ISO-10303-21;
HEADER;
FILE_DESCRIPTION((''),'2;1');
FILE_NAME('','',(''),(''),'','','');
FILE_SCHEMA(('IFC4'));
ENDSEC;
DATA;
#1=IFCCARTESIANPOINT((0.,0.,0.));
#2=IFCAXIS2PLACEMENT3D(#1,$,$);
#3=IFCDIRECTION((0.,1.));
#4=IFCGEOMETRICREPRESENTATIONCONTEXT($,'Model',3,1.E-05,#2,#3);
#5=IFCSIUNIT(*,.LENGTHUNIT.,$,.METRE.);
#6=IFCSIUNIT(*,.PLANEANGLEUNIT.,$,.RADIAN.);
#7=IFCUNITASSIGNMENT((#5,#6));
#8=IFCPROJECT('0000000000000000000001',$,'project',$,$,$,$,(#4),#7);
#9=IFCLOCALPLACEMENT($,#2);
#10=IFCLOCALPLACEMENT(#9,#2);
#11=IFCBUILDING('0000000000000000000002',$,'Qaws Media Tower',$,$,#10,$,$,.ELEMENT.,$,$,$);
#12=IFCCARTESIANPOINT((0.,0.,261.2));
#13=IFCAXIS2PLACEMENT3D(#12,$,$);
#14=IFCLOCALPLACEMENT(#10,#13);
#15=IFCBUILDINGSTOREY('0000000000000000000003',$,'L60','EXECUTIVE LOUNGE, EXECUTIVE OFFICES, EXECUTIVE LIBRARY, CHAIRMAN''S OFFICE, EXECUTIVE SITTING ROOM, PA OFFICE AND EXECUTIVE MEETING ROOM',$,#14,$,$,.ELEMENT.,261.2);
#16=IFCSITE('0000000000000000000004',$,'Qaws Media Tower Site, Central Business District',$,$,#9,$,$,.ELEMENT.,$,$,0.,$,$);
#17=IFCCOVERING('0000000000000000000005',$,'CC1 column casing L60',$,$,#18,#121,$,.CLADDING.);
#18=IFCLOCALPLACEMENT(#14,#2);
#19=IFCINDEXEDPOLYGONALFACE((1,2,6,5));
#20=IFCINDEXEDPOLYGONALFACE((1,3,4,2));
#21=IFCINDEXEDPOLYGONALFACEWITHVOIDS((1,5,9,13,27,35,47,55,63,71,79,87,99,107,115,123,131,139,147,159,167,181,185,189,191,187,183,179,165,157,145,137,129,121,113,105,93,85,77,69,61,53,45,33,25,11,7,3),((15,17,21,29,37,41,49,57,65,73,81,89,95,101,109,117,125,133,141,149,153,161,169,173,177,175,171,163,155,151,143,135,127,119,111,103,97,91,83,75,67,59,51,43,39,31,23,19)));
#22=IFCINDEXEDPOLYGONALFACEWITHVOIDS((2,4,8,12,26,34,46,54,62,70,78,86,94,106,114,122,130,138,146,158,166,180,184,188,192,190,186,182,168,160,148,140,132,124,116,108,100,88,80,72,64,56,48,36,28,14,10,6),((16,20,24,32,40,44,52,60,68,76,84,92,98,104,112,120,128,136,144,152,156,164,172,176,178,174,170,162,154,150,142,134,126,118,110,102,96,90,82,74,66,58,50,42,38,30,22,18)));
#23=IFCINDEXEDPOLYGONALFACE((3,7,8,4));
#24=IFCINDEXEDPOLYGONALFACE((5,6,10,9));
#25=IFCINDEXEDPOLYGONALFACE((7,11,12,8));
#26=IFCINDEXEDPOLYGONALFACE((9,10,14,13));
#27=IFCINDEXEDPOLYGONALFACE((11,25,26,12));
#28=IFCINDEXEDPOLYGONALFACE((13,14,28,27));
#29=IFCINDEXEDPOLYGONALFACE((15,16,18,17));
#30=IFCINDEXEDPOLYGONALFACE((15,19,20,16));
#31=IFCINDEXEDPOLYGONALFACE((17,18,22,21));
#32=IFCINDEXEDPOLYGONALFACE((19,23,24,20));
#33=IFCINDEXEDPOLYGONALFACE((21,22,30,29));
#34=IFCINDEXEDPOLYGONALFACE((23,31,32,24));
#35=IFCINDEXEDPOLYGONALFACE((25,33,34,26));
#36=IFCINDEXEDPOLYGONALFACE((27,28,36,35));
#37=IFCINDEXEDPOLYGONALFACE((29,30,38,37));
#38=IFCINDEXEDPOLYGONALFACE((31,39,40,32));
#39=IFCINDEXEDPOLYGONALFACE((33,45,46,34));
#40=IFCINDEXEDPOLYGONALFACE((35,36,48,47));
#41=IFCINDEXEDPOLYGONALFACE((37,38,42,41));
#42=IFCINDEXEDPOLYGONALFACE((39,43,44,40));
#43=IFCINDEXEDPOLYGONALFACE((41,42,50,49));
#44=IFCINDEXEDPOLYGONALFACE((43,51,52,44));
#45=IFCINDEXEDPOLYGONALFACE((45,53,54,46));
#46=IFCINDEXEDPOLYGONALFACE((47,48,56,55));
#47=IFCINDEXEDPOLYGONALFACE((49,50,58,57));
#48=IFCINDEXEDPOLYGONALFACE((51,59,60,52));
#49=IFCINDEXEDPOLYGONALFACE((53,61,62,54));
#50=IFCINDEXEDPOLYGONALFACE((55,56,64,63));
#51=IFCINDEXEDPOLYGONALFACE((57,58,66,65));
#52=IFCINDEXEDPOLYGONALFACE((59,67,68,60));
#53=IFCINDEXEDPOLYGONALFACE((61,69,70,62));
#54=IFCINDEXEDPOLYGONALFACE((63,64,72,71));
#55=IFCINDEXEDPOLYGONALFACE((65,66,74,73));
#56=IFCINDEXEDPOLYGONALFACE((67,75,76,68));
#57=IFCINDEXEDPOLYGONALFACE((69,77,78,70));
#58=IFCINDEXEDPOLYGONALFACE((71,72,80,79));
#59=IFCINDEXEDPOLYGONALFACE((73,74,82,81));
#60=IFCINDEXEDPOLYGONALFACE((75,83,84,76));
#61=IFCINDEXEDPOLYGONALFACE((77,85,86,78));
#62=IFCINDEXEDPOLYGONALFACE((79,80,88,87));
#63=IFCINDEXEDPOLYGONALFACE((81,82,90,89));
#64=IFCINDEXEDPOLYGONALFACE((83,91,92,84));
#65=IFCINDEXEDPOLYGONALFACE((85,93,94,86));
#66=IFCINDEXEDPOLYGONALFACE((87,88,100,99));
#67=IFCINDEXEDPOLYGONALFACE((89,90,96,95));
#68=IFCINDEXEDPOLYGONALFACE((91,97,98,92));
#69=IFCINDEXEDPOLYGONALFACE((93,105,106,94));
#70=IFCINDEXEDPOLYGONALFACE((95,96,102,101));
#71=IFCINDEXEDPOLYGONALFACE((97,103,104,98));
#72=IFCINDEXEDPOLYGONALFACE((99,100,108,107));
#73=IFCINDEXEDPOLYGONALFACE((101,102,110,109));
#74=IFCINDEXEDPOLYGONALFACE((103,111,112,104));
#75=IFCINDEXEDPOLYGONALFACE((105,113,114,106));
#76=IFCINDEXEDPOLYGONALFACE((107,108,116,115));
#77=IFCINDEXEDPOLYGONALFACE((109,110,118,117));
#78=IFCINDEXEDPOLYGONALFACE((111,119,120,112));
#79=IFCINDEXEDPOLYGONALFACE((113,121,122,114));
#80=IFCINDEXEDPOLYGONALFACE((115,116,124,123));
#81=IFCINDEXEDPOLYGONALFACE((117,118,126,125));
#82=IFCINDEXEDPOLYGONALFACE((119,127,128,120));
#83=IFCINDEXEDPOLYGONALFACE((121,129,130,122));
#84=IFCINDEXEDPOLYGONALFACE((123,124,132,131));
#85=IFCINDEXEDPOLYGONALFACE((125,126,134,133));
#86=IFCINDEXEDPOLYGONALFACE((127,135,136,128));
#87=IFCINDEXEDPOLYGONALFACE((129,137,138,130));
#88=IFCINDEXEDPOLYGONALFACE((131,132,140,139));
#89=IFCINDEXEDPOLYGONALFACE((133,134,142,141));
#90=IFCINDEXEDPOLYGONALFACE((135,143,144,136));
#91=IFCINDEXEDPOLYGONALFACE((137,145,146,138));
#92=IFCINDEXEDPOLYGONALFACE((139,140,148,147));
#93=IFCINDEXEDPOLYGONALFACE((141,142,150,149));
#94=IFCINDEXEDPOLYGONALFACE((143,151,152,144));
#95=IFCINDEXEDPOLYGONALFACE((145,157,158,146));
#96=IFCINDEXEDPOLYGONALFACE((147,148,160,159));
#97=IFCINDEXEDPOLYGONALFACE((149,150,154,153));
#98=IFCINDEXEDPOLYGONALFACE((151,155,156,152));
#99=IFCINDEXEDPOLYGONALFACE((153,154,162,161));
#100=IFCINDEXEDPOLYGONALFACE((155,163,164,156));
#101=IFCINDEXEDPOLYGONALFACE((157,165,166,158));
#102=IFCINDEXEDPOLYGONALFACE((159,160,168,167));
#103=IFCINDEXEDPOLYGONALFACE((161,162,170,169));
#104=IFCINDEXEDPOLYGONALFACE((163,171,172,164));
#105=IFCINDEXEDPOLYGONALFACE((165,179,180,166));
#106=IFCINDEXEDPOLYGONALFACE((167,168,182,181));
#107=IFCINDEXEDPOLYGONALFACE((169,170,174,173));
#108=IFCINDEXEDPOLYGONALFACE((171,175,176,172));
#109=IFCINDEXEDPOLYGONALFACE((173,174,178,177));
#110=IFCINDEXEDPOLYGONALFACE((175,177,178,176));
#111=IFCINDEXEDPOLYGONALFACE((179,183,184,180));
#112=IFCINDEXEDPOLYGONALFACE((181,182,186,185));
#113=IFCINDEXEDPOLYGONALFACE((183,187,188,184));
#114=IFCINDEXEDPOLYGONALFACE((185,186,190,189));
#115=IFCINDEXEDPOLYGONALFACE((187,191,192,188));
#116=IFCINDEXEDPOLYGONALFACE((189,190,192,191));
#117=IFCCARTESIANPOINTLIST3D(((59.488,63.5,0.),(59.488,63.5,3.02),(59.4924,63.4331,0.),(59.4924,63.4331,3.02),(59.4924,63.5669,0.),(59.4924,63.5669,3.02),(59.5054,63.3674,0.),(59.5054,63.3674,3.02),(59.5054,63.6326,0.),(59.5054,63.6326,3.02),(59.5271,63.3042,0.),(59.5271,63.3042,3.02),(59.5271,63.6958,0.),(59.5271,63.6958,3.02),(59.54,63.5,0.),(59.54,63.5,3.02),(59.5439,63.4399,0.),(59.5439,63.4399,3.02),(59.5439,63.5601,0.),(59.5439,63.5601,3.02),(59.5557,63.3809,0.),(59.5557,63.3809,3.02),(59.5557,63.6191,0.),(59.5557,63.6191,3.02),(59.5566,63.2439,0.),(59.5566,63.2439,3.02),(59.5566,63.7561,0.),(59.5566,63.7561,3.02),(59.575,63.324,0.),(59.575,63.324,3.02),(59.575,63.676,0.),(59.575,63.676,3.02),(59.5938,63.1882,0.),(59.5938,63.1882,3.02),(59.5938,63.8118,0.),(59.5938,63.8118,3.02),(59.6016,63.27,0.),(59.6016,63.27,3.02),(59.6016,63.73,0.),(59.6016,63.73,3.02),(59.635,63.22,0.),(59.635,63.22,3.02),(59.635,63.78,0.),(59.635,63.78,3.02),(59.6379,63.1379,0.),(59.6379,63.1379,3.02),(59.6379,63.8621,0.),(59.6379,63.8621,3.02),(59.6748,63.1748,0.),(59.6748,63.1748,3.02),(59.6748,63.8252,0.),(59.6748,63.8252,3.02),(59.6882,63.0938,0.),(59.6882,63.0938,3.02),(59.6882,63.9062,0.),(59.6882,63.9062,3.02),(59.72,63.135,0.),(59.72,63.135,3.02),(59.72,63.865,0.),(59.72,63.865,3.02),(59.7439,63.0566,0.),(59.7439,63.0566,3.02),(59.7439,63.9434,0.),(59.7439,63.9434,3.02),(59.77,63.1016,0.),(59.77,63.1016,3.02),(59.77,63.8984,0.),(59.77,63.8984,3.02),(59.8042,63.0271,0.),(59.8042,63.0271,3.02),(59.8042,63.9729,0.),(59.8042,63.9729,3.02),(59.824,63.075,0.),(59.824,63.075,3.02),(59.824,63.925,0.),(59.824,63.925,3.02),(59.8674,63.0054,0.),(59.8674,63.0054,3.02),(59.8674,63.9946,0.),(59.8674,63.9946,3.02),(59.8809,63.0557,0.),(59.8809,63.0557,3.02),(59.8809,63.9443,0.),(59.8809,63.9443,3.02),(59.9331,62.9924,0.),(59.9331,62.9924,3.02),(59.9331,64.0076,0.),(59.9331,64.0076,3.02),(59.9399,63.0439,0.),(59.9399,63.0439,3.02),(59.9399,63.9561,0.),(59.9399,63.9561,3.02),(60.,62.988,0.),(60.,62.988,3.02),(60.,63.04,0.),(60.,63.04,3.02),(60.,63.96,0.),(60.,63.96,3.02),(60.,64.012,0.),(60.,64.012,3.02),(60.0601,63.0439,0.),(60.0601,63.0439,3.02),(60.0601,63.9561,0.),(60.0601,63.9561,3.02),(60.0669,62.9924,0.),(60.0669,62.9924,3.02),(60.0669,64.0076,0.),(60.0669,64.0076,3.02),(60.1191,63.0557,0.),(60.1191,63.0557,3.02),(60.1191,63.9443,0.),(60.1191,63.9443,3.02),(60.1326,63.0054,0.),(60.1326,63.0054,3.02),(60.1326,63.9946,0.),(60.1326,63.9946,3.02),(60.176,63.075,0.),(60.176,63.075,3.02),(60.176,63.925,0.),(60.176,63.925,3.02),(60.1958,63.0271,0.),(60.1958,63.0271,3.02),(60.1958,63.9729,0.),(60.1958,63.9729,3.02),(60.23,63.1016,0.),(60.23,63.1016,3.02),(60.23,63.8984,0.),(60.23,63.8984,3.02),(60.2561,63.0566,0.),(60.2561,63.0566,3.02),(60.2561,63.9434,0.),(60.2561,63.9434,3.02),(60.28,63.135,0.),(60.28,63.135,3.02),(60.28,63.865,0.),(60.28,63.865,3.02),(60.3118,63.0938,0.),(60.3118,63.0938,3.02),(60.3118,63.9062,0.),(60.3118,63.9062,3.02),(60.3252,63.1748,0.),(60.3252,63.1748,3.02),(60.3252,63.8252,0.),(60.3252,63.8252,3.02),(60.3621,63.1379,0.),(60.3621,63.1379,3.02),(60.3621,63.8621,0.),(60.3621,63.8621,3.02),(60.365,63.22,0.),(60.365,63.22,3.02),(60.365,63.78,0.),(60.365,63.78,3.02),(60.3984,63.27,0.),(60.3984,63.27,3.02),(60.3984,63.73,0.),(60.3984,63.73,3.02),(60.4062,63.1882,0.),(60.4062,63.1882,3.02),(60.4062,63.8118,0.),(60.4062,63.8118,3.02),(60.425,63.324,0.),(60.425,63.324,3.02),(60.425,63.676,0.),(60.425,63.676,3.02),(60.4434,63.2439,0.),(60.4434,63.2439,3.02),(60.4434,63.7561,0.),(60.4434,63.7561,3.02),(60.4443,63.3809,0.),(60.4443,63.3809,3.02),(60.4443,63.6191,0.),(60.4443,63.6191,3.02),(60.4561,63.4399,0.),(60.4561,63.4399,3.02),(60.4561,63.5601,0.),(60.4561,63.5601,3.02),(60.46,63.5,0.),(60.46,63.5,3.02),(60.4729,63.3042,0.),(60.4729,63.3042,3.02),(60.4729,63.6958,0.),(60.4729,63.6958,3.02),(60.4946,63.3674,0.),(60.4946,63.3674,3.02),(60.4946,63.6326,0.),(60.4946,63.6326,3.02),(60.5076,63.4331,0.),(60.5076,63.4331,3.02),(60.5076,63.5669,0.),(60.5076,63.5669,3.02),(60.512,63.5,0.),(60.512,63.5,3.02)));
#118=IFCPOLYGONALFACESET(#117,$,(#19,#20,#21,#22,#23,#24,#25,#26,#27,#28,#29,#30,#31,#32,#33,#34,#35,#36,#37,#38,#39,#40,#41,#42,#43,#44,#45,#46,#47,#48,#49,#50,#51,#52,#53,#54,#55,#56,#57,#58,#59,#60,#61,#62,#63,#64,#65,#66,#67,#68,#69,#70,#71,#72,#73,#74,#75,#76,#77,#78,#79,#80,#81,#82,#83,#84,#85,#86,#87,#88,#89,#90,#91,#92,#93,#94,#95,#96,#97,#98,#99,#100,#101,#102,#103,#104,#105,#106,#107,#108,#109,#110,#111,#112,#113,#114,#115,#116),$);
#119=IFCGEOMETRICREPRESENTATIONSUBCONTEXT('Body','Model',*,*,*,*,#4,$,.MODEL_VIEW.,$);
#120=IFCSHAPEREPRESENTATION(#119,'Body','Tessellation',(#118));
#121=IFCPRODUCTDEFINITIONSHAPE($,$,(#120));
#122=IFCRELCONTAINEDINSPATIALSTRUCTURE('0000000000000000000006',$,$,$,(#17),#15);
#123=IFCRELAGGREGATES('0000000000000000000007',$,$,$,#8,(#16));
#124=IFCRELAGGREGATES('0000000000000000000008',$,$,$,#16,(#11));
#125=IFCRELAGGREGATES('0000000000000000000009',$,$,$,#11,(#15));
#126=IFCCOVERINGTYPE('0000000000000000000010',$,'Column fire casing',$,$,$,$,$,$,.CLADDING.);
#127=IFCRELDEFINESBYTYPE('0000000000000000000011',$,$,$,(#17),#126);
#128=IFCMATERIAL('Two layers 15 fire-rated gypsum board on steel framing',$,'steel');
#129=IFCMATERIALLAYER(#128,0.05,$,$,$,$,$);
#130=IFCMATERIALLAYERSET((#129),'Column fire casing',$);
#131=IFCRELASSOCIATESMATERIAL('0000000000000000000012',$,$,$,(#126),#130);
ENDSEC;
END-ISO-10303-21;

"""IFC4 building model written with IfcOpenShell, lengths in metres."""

from ifc_helpers import new_model, si_unit, direction, frame, origin, place, context, subcontext, project, spatial, polyline, outline, extrude, material, layer, layer_set, type_object, element, save


model = new_model("IFC4")

# Units and contexts
model_context = context("Model", 3, precision=1e-05, world=origin(), true_north=direction((0.0, 1.0)))
body_context = subcontext(model_context, "Body", "Model", "MODEL_VIEW")
ifc_project = project(units=[si_unit("LENGTHUNIT", "METRE"), si_unit("PLANEANGLEUNIT", "RADIAN")], contexts=[model_context])

# Site, building, storey
site_placement = place(None, origin())
site = spatial("IfcSite", under=ifc_project, at=site_placement, Name="Qaws Media Tower Site, Central Business District", CompositionType="ELEMENT", RefElevation=0.0)
building_placement = place(site_placement, origin())
building = spatial("IfcBuilding", under=site, at=building_placement, Name="Qaws Media Tower", CompositionType="ELEMENT")
storey_placement = place(building_placement, frame((0.0, 0.0, 261.2)))
storey = spatial("IfcBuildingStorey", under=building, at=storey_placement, Name="L60", Description="EXECUTIVE LOUNGE, EXECUTIVE OFFICES, EXECUTIVE LIBRARY, CHAIRMAN'S OFFICE, EXECUTIVE SITTING ROOM, PA OFFICE AND EXECUTIVE MEETING ROOM", CompositionType="ELEMENT", Elevation=261.2)

# Covering
ifc_material_1 = material(Name="Two layers 15 fire-rated gypsum board on steel framing", Category="steel")
ifc_layer_1 = layer(ifc_material_1, 0.05)
ifc_layer_set_1 = layer_set([ifc_layer_1], Name="Column fire casing")
covering_type_1 = type_object("IfcCoveringType", Name="Column fire casing", PredefinedType="CLADDING", material=ifc_layer_set_1)
covering_1_placement = place(storey_placement, origin())
element("IfcCovering", 1, at=covering_1_placement, inside=storey, type_object=covering_type_1, Name="CC1 column casing L60", PredefinedType="CLADDING", context=body_context, shape_type="SweptSolid", body=[
    extrude(outline(polyline([(60.512, 63.5), (60.5076, 63.4331), (60.4946, 63.3674), (60.4729, 63.3042), (60.4434, 63.2439), (60.4062, 63.1882), (60.3621, 63.1379), (60.3118, 63.0938), (60.2561, 63.0566), (60.1958, 63.0271), (60.1326, 63.0054), (60.0669, 62.9924), (60.0, 62.988), (59.9331, 62.9924), (59.8674, 63.0054), (59.8042, 63.0271), (59.7439, 63.0566), (59.6882, 63.0938), (59.6379, 63.1379), (59.5938, 63.1882), (59.5566, 63.2439), (59.5271, 63.3042), (59.5054, 63.3674), (59.4924, 63.4331), (59.488, 63.5), (59.4924, 63.5669), (59.5054, 63.6326), (59.5271, 63.6958), (59.5566, 63.7561), (59.5938, 63.8118), (59.6379, 63.8621), (59.6882, 63.9062), (59.7439, 63.9434), (59.8042, 63.9729), (59.8674, 63.9946), (59.9331, 64.0076), (60.0, 64.012), (60.0669, 64.0076), (60.1326, 63.9946), (60.1958, 63.9729), (60.2561, 63.9434), (60.3118, 63.9062), (60.3621, 63.8621), (60.4062, 63.8118), (60.4434, 63.7561), (60.4729, 63.6958), (60.4946, 63.6326), (60.5076, 63.5669), (60.512, 63.5)]), holes=[polyline([(60.46, 63.5), (60.4561, 63.4399), (60.4443, 63.3809), (60.425, 63.324), (60.3984, 63.27), (60.365, 63.22), (60.3252, 63.1748), (60.28, 63.135), (60.23, 63.1016), (60.176, 63.075), (60.1191, 63.0557), (60.0601, 63.0439), (60.0, 63.04), (59.9399, 63.0439), (59.8809, 63.0557), (59.824, 63.075), (59.77, 63.1016), (59.72, 63.135), (59.6748, 63.1748), (59.635, 63.22), (59.6016, 63.27), (59.575, 63.324), (59.5557, 63.3809), (59.5439, 63.4399), (59.54, 63.5), (59.5439, 63.5601), (59.5557, 63.6191), (59.575, 63.676), (59.6016, 63.73), (59.635, 63.78), (59.6748, 63.8252), (59.72, 63.865), (59.77, 63.8984), (59.824, 63.925), (59.8809, 63.9443), (59.9399, 63.9561), (60.0, 63.96), (60.0601, 63.9561), (60.1191, 63.9443), (60.176, 63.925), (60.23, 63.8984), (60.28, 63.865), (60.3252, 63.8252), (60.365, 63.78), (60.3984, 63.73), (60.425, 63.676), (60.4443, 63.6191), (60.4561, 63.5601), (60.46, 63.5)])]), origin(), (0.0, 0.0, 1.0), 3.02),
])

save(model, "model.ifc")
